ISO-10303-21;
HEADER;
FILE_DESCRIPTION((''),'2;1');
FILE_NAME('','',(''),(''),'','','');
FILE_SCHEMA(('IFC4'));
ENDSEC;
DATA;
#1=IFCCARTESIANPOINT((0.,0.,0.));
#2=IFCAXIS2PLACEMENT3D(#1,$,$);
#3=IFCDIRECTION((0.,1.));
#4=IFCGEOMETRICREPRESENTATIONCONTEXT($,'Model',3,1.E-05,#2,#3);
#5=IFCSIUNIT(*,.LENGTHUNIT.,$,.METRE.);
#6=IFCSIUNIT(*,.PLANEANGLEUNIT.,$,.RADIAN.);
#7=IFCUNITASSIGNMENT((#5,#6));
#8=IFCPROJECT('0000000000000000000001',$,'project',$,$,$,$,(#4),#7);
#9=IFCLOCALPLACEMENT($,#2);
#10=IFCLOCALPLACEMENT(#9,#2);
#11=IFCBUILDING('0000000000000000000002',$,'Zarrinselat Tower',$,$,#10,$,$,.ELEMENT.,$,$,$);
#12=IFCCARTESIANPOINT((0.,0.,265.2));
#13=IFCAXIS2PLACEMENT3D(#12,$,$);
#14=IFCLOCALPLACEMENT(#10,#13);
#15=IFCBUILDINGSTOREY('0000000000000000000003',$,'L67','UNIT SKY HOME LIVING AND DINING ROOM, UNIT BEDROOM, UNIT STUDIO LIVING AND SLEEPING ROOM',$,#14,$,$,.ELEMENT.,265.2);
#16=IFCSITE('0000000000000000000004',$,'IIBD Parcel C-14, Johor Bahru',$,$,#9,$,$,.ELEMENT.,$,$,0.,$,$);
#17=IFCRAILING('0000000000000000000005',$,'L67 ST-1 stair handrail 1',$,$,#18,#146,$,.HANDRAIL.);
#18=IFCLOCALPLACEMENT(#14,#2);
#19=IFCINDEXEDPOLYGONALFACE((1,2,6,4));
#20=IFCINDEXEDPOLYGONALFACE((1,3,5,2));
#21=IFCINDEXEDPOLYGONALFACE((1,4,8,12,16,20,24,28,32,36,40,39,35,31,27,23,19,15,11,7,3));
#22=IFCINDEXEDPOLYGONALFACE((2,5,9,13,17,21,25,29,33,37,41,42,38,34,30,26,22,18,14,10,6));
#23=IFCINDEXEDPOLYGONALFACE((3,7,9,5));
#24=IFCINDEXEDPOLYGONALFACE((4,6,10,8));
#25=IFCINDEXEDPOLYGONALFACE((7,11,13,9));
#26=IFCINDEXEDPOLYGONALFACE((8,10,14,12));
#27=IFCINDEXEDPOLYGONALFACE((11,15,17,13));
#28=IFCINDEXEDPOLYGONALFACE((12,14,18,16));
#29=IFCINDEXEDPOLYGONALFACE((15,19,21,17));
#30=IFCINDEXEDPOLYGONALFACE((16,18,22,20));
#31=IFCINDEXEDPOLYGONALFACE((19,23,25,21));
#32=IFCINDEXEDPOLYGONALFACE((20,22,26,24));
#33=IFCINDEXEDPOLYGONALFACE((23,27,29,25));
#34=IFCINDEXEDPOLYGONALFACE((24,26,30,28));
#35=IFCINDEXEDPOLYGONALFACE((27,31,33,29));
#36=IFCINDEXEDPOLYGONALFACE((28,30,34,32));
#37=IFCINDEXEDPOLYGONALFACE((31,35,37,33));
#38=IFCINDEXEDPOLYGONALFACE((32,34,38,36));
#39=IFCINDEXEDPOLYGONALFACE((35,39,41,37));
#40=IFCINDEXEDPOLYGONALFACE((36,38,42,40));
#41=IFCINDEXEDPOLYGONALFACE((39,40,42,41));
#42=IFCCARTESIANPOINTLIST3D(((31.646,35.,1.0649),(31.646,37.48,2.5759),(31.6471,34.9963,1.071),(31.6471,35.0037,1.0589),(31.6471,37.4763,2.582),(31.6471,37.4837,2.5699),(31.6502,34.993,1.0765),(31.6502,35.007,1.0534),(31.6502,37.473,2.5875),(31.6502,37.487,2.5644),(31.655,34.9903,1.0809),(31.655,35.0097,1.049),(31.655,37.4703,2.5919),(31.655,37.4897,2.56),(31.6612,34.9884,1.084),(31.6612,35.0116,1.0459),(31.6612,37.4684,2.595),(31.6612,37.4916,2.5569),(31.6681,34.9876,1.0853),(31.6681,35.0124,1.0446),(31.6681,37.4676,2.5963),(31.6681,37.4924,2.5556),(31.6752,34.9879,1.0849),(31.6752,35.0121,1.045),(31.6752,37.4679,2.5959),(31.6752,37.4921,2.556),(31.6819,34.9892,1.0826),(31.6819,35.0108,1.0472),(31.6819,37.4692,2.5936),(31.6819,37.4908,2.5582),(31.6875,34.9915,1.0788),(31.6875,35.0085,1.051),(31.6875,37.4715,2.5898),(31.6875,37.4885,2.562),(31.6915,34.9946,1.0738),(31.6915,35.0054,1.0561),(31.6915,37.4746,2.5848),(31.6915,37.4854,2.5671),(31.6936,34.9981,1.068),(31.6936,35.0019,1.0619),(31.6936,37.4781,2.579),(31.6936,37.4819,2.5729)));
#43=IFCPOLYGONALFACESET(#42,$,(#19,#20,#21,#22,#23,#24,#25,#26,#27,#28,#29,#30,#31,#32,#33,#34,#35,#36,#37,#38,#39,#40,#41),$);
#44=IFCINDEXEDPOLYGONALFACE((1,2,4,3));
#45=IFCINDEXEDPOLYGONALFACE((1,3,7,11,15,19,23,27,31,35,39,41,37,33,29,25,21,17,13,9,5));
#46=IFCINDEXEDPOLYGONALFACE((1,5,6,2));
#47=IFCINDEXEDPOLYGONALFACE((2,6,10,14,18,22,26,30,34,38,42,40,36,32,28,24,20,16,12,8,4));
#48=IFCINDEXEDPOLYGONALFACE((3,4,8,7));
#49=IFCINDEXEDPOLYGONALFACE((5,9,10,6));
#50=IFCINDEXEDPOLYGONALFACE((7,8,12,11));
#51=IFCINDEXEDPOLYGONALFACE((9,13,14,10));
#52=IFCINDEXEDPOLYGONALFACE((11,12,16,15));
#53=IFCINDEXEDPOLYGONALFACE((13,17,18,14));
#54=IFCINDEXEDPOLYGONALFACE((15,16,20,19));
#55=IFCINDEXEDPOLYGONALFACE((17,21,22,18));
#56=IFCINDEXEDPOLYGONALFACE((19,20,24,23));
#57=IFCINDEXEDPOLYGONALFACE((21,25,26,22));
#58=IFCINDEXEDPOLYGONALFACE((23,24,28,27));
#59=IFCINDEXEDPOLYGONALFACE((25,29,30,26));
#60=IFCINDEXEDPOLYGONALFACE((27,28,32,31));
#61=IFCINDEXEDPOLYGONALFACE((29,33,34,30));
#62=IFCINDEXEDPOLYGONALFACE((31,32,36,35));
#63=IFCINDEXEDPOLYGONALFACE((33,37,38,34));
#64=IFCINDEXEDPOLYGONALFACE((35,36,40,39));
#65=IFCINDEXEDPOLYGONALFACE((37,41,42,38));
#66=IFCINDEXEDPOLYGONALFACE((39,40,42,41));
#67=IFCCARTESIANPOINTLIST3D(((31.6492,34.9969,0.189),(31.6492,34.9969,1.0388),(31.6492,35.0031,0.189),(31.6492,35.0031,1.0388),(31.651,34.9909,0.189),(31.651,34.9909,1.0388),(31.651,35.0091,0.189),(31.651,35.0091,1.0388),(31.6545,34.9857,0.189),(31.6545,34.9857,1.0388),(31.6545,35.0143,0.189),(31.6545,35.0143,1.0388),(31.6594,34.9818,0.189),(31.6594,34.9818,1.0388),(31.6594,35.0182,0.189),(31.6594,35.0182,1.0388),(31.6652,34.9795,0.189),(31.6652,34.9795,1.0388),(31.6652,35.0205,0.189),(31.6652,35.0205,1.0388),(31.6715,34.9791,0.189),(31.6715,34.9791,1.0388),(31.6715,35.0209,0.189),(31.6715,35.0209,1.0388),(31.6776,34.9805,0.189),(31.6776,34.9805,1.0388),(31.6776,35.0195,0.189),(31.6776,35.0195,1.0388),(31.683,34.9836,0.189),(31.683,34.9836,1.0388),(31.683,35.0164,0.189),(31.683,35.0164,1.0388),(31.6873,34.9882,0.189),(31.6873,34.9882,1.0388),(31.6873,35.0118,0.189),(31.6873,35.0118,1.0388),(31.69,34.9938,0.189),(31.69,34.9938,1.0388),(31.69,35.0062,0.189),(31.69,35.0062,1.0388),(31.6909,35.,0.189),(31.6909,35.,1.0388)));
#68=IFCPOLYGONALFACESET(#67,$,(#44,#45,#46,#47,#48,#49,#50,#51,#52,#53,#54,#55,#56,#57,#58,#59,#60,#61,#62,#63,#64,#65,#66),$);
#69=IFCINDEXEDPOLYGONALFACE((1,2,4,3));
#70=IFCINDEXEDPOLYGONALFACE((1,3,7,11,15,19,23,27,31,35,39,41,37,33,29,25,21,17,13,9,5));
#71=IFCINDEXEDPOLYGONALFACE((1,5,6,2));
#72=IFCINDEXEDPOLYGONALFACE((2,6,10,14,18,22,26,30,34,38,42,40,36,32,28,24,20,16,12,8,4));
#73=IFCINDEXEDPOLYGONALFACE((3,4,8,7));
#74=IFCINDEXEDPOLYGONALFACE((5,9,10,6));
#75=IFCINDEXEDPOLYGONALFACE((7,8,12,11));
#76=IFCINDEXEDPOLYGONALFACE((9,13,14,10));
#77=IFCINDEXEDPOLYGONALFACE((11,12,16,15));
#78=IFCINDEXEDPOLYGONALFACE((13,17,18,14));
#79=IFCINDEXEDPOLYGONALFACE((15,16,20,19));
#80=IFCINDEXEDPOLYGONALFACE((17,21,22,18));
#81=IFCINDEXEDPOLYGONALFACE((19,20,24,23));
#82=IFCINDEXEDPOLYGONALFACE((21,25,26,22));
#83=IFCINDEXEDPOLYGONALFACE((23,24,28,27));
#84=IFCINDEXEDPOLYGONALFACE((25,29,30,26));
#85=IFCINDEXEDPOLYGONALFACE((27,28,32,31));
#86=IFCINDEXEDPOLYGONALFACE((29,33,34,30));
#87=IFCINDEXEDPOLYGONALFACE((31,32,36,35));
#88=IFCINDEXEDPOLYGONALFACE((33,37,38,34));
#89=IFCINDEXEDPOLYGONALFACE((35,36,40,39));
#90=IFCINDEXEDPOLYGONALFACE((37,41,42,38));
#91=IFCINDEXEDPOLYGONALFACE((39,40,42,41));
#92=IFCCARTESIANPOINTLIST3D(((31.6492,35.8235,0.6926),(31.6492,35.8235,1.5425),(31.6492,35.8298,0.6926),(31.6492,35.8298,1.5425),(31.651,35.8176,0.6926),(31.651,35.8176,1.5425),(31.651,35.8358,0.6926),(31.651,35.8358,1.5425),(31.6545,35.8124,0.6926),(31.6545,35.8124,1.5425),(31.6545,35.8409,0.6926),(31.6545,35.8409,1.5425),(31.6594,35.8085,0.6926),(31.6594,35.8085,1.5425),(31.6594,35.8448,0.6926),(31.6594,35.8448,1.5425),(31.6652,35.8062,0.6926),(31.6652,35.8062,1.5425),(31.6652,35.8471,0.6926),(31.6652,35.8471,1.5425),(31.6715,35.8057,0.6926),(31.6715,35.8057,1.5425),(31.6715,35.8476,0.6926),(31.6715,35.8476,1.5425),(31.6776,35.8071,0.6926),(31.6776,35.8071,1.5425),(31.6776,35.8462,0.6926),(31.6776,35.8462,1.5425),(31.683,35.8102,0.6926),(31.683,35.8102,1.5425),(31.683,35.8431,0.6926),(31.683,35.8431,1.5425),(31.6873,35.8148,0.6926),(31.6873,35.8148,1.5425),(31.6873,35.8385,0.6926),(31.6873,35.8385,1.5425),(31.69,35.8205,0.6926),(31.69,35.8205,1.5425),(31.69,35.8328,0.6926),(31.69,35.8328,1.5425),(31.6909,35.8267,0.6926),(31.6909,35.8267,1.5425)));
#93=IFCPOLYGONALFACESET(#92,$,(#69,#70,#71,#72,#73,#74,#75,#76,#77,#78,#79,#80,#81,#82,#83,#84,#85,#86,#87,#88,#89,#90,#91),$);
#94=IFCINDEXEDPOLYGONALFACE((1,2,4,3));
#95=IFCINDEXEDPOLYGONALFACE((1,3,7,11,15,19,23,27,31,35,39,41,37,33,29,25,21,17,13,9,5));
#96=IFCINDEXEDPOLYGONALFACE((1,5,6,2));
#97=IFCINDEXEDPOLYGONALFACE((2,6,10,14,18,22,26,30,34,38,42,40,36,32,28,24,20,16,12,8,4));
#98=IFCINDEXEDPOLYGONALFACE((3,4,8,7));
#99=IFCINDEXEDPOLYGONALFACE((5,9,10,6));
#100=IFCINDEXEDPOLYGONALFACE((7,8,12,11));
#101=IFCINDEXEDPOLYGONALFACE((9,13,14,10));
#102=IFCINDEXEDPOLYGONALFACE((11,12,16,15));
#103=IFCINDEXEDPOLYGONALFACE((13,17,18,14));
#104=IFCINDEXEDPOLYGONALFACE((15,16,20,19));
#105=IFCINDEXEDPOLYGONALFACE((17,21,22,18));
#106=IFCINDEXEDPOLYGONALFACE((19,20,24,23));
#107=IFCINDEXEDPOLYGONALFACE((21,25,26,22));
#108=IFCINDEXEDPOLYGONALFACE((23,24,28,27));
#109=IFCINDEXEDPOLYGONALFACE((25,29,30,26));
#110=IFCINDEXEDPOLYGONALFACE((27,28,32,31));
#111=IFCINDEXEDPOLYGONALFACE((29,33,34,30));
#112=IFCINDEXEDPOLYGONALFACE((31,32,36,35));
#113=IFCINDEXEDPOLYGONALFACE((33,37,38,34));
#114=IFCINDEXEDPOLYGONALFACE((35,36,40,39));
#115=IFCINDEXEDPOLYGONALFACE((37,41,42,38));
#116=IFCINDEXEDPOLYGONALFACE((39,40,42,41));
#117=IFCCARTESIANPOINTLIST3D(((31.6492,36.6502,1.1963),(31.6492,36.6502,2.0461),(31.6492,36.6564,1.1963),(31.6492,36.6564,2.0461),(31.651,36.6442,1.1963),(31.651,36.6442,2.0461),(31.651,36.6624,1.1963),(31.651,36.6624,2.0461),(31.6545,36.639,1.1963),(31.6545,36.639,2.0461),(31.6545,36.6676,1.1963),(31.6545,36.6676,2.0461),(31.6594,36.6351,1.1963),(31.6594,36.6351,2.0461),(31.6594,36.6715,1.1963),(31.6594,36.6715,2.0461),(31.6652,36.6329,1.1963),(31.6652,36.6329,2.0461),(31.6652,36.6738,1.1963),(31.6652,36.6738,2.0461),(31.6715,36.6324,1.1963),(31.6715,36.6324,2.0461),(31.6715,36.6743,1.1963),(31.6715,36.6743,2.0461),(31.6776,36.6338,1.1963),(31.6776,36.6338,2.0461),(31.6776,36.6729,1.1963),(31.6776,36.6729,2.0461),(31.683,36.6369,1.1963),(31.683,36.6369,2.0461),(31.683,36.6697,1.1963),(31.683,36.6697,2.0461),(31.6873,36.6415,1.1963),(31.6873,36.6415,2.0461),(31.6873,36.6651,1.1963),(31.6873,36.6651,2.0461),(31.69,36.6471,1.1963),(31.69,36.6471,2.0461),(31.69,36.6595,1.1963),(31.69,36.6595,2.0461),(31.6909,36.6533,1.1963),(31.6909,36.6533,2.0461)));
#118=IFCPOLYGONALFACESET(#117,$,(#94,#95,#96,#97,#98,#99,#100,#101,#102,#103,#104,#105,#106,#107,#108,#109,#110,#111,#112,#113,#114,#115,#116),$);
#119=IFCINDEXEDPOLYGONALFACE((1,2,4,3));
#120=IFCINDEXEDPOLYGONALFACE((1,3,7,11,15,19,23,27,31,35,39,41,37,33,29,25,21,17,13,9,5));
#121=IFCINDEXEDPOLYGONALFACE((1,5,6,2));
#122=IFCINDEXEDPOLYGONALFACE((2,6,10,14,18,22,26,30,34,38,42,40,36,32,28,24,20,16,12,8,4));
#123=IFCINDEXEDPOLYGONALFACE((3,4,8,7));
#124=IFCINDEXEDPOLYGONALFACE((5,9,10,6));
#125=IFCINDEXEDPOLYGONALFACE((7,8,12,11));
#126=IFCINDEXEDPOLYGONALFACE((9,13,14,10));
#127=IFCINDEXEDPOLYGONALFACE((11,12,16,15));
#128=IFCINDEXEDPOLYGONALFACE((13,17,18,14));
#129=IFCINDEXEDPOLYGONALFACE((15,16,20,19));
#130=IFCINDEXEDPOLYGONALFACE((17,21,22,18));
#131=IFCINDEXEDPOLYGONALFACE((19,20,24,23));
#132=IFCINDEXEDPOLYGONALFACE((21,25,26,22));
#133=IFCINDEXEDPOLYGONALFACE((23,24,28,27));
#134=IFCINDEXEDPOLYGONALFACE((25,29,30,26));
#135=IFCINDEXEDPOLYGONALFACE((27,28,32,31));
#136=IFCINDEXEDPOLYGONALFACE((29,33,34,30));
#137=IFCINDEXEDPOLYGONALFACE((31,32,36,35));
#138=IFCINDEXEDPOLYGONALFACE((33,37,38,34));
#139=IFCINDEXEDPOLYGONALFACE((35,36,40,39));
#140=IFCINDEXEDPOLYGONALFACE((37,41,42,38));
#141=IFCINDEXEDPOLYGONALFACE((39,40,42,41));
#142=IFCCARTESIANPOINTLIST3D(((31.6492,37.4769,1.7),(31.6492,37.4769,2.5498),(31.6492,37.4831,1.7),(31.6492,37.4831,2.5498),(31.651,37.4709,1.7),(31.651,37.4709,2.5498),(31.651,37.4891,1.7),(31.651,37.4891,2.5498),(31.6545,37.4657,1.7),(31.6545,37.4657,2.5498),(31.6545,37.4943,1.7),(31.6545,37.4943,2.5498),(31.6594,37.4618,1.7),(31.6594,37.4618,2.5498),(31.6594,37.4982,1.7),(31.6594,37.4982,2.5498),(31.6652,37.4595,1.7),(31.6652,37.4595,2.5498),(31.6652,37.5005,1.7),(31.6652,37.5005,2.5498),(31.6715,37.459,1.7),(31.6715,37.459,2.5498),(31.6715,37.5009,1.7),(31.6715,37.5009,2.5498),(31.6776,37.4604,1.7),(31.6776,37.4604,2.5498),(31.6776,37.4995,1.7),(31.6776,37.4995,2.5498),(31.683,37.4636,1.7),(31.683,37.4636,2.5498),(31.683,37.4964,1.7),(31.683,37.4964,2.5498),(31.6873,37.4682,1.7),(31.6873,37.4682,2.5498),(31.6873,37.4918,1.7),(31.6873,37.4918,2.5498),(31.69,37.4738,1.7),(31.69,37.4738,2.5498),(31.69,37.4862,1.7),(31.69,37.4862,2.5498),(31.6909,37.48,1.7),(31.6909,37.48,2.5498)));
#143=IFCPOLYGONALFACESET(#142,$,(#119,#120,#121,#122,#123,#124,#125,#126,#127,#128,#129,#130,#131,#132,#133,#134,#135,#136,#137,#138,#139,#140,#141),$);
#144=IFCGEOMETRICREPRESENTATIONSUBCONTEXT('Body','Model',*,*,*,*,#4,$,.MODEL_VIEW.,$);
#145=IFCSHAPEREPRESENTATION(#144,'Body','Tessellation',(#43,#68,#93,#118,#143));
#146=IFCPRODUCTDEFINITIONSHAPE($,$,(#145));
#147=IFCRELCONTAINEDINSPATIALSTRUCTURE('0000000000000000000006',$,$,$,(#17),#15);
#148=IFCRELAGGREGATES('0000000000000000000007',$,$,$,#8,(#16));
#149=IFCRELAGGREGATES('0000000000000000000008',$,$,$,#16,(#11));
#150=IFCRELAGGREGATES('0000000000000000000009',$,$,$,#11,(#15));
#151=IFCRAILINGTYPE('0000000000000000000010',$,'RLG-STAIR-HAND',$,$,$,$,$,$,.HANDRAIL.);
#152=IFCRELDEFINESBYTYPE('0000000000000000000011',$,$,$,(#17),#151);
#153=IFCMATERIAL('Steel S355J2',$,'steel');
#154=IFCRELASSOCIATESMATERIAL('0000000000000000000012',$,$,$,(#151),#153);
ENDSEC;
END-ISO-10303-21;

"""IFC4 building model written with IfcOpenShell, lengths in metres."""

from ifc_helpers import new_model, si_unit, direction, frame, origin, origin_2d, place, context, subcontext, project, spatial, circle, extrude, material, type_object, element, save


model = new_model("IFC4")

# Units and contexts
model_context = context("Model", 3, precision=1e-05, world=origin(), true_north=direction((0.0, 1.0)))
body_context = subcontext(model_context, "Body", "Model", "MODEL_VIEW")
ifc_project = project(units=[si_unit("LENGTHUNIT", "METRE"), si_unit("PLANEANGLEUNIT", "RADIAN")], contexts=[model_context])

# Site, building, storey
site_placement = place(None, origin())
site = spatial("IfcSite", under=ifc_project, at=site_placement, Name="IIBD Parcel C-14, Johor Bahru", CompositionType="ELEMENT", RefElevation=0.0)
building_placement = place(site_placement, origin())
building = spatial("IfcBuilding", under=site, at=building_placement, Name="Zarrinselat Tower", CompositionType="ELEMENT")
storey_placement = place(building_placement, frame((0.0, 0.0, 265.2)))
storey = spatial("IfcBuildingStorey", under=building, at=storey_placement, Name="L67", Description="UNIT SKY HOME LIVING AND DINING ROOM, UNIT BEDROOM, UNIT STUDIO LIVING AND SLEEPING ROOM", CompositionType="ELEMENT", Elevation=265.2)

# Railing
ifc_material_1 = material(Name="Steel S355J2", Category="steel")
railing_type_1 = type_object("IfcRailingType", Name="RLG-STAIR-HAND", PredefinedType="HANDRAIL", material=ifc_material_1)
railing_1_placement = place(storey_placement, frame((31.6699, 35.0, 0.189)))
element("IfcRailing", 1, at=railing_1_placement, inside=storey, type_object=railing_type_1, Name="L67 ST-1 stair handrail 1", PredefinedType="HANDRAIL", context=body_context, shape_type="SweptSolid", body=[
    extrude(circle(Radius=0.0239, at=origin_2d()), frame((0.0, 0.0, 0.876), z_axis=(0.0, 0.853979, 0.520307), x_axis=(-1.0, 0.0, 0.0)), (0.0, 0.0, 1.0), 2.9041),
    extrude(circle(Radius=0.021, at=origin_2d()), origin(), (0.0, 0.0, 1.0), 0.8499),
    extrude(circle(Radius=0.021, at=origin_2d()), frame((0.0, 0.8267, 0.5037)), (0.0, 0.0, 1.0), 0.8499),
    extrude(circle(Radius=0.021, at=origin_2d()), frame((0.0, 1.6533, 1.0073)), (0.0, 0.0, 1.0), 0.8499),
    extrude(circle(Radius=0.021, at=origin_2d()), frame((0.0, 2.48, 1.511)), (0.0, 0.0, 1.0), 0.8499),
])

save(model, "model.ifc")
